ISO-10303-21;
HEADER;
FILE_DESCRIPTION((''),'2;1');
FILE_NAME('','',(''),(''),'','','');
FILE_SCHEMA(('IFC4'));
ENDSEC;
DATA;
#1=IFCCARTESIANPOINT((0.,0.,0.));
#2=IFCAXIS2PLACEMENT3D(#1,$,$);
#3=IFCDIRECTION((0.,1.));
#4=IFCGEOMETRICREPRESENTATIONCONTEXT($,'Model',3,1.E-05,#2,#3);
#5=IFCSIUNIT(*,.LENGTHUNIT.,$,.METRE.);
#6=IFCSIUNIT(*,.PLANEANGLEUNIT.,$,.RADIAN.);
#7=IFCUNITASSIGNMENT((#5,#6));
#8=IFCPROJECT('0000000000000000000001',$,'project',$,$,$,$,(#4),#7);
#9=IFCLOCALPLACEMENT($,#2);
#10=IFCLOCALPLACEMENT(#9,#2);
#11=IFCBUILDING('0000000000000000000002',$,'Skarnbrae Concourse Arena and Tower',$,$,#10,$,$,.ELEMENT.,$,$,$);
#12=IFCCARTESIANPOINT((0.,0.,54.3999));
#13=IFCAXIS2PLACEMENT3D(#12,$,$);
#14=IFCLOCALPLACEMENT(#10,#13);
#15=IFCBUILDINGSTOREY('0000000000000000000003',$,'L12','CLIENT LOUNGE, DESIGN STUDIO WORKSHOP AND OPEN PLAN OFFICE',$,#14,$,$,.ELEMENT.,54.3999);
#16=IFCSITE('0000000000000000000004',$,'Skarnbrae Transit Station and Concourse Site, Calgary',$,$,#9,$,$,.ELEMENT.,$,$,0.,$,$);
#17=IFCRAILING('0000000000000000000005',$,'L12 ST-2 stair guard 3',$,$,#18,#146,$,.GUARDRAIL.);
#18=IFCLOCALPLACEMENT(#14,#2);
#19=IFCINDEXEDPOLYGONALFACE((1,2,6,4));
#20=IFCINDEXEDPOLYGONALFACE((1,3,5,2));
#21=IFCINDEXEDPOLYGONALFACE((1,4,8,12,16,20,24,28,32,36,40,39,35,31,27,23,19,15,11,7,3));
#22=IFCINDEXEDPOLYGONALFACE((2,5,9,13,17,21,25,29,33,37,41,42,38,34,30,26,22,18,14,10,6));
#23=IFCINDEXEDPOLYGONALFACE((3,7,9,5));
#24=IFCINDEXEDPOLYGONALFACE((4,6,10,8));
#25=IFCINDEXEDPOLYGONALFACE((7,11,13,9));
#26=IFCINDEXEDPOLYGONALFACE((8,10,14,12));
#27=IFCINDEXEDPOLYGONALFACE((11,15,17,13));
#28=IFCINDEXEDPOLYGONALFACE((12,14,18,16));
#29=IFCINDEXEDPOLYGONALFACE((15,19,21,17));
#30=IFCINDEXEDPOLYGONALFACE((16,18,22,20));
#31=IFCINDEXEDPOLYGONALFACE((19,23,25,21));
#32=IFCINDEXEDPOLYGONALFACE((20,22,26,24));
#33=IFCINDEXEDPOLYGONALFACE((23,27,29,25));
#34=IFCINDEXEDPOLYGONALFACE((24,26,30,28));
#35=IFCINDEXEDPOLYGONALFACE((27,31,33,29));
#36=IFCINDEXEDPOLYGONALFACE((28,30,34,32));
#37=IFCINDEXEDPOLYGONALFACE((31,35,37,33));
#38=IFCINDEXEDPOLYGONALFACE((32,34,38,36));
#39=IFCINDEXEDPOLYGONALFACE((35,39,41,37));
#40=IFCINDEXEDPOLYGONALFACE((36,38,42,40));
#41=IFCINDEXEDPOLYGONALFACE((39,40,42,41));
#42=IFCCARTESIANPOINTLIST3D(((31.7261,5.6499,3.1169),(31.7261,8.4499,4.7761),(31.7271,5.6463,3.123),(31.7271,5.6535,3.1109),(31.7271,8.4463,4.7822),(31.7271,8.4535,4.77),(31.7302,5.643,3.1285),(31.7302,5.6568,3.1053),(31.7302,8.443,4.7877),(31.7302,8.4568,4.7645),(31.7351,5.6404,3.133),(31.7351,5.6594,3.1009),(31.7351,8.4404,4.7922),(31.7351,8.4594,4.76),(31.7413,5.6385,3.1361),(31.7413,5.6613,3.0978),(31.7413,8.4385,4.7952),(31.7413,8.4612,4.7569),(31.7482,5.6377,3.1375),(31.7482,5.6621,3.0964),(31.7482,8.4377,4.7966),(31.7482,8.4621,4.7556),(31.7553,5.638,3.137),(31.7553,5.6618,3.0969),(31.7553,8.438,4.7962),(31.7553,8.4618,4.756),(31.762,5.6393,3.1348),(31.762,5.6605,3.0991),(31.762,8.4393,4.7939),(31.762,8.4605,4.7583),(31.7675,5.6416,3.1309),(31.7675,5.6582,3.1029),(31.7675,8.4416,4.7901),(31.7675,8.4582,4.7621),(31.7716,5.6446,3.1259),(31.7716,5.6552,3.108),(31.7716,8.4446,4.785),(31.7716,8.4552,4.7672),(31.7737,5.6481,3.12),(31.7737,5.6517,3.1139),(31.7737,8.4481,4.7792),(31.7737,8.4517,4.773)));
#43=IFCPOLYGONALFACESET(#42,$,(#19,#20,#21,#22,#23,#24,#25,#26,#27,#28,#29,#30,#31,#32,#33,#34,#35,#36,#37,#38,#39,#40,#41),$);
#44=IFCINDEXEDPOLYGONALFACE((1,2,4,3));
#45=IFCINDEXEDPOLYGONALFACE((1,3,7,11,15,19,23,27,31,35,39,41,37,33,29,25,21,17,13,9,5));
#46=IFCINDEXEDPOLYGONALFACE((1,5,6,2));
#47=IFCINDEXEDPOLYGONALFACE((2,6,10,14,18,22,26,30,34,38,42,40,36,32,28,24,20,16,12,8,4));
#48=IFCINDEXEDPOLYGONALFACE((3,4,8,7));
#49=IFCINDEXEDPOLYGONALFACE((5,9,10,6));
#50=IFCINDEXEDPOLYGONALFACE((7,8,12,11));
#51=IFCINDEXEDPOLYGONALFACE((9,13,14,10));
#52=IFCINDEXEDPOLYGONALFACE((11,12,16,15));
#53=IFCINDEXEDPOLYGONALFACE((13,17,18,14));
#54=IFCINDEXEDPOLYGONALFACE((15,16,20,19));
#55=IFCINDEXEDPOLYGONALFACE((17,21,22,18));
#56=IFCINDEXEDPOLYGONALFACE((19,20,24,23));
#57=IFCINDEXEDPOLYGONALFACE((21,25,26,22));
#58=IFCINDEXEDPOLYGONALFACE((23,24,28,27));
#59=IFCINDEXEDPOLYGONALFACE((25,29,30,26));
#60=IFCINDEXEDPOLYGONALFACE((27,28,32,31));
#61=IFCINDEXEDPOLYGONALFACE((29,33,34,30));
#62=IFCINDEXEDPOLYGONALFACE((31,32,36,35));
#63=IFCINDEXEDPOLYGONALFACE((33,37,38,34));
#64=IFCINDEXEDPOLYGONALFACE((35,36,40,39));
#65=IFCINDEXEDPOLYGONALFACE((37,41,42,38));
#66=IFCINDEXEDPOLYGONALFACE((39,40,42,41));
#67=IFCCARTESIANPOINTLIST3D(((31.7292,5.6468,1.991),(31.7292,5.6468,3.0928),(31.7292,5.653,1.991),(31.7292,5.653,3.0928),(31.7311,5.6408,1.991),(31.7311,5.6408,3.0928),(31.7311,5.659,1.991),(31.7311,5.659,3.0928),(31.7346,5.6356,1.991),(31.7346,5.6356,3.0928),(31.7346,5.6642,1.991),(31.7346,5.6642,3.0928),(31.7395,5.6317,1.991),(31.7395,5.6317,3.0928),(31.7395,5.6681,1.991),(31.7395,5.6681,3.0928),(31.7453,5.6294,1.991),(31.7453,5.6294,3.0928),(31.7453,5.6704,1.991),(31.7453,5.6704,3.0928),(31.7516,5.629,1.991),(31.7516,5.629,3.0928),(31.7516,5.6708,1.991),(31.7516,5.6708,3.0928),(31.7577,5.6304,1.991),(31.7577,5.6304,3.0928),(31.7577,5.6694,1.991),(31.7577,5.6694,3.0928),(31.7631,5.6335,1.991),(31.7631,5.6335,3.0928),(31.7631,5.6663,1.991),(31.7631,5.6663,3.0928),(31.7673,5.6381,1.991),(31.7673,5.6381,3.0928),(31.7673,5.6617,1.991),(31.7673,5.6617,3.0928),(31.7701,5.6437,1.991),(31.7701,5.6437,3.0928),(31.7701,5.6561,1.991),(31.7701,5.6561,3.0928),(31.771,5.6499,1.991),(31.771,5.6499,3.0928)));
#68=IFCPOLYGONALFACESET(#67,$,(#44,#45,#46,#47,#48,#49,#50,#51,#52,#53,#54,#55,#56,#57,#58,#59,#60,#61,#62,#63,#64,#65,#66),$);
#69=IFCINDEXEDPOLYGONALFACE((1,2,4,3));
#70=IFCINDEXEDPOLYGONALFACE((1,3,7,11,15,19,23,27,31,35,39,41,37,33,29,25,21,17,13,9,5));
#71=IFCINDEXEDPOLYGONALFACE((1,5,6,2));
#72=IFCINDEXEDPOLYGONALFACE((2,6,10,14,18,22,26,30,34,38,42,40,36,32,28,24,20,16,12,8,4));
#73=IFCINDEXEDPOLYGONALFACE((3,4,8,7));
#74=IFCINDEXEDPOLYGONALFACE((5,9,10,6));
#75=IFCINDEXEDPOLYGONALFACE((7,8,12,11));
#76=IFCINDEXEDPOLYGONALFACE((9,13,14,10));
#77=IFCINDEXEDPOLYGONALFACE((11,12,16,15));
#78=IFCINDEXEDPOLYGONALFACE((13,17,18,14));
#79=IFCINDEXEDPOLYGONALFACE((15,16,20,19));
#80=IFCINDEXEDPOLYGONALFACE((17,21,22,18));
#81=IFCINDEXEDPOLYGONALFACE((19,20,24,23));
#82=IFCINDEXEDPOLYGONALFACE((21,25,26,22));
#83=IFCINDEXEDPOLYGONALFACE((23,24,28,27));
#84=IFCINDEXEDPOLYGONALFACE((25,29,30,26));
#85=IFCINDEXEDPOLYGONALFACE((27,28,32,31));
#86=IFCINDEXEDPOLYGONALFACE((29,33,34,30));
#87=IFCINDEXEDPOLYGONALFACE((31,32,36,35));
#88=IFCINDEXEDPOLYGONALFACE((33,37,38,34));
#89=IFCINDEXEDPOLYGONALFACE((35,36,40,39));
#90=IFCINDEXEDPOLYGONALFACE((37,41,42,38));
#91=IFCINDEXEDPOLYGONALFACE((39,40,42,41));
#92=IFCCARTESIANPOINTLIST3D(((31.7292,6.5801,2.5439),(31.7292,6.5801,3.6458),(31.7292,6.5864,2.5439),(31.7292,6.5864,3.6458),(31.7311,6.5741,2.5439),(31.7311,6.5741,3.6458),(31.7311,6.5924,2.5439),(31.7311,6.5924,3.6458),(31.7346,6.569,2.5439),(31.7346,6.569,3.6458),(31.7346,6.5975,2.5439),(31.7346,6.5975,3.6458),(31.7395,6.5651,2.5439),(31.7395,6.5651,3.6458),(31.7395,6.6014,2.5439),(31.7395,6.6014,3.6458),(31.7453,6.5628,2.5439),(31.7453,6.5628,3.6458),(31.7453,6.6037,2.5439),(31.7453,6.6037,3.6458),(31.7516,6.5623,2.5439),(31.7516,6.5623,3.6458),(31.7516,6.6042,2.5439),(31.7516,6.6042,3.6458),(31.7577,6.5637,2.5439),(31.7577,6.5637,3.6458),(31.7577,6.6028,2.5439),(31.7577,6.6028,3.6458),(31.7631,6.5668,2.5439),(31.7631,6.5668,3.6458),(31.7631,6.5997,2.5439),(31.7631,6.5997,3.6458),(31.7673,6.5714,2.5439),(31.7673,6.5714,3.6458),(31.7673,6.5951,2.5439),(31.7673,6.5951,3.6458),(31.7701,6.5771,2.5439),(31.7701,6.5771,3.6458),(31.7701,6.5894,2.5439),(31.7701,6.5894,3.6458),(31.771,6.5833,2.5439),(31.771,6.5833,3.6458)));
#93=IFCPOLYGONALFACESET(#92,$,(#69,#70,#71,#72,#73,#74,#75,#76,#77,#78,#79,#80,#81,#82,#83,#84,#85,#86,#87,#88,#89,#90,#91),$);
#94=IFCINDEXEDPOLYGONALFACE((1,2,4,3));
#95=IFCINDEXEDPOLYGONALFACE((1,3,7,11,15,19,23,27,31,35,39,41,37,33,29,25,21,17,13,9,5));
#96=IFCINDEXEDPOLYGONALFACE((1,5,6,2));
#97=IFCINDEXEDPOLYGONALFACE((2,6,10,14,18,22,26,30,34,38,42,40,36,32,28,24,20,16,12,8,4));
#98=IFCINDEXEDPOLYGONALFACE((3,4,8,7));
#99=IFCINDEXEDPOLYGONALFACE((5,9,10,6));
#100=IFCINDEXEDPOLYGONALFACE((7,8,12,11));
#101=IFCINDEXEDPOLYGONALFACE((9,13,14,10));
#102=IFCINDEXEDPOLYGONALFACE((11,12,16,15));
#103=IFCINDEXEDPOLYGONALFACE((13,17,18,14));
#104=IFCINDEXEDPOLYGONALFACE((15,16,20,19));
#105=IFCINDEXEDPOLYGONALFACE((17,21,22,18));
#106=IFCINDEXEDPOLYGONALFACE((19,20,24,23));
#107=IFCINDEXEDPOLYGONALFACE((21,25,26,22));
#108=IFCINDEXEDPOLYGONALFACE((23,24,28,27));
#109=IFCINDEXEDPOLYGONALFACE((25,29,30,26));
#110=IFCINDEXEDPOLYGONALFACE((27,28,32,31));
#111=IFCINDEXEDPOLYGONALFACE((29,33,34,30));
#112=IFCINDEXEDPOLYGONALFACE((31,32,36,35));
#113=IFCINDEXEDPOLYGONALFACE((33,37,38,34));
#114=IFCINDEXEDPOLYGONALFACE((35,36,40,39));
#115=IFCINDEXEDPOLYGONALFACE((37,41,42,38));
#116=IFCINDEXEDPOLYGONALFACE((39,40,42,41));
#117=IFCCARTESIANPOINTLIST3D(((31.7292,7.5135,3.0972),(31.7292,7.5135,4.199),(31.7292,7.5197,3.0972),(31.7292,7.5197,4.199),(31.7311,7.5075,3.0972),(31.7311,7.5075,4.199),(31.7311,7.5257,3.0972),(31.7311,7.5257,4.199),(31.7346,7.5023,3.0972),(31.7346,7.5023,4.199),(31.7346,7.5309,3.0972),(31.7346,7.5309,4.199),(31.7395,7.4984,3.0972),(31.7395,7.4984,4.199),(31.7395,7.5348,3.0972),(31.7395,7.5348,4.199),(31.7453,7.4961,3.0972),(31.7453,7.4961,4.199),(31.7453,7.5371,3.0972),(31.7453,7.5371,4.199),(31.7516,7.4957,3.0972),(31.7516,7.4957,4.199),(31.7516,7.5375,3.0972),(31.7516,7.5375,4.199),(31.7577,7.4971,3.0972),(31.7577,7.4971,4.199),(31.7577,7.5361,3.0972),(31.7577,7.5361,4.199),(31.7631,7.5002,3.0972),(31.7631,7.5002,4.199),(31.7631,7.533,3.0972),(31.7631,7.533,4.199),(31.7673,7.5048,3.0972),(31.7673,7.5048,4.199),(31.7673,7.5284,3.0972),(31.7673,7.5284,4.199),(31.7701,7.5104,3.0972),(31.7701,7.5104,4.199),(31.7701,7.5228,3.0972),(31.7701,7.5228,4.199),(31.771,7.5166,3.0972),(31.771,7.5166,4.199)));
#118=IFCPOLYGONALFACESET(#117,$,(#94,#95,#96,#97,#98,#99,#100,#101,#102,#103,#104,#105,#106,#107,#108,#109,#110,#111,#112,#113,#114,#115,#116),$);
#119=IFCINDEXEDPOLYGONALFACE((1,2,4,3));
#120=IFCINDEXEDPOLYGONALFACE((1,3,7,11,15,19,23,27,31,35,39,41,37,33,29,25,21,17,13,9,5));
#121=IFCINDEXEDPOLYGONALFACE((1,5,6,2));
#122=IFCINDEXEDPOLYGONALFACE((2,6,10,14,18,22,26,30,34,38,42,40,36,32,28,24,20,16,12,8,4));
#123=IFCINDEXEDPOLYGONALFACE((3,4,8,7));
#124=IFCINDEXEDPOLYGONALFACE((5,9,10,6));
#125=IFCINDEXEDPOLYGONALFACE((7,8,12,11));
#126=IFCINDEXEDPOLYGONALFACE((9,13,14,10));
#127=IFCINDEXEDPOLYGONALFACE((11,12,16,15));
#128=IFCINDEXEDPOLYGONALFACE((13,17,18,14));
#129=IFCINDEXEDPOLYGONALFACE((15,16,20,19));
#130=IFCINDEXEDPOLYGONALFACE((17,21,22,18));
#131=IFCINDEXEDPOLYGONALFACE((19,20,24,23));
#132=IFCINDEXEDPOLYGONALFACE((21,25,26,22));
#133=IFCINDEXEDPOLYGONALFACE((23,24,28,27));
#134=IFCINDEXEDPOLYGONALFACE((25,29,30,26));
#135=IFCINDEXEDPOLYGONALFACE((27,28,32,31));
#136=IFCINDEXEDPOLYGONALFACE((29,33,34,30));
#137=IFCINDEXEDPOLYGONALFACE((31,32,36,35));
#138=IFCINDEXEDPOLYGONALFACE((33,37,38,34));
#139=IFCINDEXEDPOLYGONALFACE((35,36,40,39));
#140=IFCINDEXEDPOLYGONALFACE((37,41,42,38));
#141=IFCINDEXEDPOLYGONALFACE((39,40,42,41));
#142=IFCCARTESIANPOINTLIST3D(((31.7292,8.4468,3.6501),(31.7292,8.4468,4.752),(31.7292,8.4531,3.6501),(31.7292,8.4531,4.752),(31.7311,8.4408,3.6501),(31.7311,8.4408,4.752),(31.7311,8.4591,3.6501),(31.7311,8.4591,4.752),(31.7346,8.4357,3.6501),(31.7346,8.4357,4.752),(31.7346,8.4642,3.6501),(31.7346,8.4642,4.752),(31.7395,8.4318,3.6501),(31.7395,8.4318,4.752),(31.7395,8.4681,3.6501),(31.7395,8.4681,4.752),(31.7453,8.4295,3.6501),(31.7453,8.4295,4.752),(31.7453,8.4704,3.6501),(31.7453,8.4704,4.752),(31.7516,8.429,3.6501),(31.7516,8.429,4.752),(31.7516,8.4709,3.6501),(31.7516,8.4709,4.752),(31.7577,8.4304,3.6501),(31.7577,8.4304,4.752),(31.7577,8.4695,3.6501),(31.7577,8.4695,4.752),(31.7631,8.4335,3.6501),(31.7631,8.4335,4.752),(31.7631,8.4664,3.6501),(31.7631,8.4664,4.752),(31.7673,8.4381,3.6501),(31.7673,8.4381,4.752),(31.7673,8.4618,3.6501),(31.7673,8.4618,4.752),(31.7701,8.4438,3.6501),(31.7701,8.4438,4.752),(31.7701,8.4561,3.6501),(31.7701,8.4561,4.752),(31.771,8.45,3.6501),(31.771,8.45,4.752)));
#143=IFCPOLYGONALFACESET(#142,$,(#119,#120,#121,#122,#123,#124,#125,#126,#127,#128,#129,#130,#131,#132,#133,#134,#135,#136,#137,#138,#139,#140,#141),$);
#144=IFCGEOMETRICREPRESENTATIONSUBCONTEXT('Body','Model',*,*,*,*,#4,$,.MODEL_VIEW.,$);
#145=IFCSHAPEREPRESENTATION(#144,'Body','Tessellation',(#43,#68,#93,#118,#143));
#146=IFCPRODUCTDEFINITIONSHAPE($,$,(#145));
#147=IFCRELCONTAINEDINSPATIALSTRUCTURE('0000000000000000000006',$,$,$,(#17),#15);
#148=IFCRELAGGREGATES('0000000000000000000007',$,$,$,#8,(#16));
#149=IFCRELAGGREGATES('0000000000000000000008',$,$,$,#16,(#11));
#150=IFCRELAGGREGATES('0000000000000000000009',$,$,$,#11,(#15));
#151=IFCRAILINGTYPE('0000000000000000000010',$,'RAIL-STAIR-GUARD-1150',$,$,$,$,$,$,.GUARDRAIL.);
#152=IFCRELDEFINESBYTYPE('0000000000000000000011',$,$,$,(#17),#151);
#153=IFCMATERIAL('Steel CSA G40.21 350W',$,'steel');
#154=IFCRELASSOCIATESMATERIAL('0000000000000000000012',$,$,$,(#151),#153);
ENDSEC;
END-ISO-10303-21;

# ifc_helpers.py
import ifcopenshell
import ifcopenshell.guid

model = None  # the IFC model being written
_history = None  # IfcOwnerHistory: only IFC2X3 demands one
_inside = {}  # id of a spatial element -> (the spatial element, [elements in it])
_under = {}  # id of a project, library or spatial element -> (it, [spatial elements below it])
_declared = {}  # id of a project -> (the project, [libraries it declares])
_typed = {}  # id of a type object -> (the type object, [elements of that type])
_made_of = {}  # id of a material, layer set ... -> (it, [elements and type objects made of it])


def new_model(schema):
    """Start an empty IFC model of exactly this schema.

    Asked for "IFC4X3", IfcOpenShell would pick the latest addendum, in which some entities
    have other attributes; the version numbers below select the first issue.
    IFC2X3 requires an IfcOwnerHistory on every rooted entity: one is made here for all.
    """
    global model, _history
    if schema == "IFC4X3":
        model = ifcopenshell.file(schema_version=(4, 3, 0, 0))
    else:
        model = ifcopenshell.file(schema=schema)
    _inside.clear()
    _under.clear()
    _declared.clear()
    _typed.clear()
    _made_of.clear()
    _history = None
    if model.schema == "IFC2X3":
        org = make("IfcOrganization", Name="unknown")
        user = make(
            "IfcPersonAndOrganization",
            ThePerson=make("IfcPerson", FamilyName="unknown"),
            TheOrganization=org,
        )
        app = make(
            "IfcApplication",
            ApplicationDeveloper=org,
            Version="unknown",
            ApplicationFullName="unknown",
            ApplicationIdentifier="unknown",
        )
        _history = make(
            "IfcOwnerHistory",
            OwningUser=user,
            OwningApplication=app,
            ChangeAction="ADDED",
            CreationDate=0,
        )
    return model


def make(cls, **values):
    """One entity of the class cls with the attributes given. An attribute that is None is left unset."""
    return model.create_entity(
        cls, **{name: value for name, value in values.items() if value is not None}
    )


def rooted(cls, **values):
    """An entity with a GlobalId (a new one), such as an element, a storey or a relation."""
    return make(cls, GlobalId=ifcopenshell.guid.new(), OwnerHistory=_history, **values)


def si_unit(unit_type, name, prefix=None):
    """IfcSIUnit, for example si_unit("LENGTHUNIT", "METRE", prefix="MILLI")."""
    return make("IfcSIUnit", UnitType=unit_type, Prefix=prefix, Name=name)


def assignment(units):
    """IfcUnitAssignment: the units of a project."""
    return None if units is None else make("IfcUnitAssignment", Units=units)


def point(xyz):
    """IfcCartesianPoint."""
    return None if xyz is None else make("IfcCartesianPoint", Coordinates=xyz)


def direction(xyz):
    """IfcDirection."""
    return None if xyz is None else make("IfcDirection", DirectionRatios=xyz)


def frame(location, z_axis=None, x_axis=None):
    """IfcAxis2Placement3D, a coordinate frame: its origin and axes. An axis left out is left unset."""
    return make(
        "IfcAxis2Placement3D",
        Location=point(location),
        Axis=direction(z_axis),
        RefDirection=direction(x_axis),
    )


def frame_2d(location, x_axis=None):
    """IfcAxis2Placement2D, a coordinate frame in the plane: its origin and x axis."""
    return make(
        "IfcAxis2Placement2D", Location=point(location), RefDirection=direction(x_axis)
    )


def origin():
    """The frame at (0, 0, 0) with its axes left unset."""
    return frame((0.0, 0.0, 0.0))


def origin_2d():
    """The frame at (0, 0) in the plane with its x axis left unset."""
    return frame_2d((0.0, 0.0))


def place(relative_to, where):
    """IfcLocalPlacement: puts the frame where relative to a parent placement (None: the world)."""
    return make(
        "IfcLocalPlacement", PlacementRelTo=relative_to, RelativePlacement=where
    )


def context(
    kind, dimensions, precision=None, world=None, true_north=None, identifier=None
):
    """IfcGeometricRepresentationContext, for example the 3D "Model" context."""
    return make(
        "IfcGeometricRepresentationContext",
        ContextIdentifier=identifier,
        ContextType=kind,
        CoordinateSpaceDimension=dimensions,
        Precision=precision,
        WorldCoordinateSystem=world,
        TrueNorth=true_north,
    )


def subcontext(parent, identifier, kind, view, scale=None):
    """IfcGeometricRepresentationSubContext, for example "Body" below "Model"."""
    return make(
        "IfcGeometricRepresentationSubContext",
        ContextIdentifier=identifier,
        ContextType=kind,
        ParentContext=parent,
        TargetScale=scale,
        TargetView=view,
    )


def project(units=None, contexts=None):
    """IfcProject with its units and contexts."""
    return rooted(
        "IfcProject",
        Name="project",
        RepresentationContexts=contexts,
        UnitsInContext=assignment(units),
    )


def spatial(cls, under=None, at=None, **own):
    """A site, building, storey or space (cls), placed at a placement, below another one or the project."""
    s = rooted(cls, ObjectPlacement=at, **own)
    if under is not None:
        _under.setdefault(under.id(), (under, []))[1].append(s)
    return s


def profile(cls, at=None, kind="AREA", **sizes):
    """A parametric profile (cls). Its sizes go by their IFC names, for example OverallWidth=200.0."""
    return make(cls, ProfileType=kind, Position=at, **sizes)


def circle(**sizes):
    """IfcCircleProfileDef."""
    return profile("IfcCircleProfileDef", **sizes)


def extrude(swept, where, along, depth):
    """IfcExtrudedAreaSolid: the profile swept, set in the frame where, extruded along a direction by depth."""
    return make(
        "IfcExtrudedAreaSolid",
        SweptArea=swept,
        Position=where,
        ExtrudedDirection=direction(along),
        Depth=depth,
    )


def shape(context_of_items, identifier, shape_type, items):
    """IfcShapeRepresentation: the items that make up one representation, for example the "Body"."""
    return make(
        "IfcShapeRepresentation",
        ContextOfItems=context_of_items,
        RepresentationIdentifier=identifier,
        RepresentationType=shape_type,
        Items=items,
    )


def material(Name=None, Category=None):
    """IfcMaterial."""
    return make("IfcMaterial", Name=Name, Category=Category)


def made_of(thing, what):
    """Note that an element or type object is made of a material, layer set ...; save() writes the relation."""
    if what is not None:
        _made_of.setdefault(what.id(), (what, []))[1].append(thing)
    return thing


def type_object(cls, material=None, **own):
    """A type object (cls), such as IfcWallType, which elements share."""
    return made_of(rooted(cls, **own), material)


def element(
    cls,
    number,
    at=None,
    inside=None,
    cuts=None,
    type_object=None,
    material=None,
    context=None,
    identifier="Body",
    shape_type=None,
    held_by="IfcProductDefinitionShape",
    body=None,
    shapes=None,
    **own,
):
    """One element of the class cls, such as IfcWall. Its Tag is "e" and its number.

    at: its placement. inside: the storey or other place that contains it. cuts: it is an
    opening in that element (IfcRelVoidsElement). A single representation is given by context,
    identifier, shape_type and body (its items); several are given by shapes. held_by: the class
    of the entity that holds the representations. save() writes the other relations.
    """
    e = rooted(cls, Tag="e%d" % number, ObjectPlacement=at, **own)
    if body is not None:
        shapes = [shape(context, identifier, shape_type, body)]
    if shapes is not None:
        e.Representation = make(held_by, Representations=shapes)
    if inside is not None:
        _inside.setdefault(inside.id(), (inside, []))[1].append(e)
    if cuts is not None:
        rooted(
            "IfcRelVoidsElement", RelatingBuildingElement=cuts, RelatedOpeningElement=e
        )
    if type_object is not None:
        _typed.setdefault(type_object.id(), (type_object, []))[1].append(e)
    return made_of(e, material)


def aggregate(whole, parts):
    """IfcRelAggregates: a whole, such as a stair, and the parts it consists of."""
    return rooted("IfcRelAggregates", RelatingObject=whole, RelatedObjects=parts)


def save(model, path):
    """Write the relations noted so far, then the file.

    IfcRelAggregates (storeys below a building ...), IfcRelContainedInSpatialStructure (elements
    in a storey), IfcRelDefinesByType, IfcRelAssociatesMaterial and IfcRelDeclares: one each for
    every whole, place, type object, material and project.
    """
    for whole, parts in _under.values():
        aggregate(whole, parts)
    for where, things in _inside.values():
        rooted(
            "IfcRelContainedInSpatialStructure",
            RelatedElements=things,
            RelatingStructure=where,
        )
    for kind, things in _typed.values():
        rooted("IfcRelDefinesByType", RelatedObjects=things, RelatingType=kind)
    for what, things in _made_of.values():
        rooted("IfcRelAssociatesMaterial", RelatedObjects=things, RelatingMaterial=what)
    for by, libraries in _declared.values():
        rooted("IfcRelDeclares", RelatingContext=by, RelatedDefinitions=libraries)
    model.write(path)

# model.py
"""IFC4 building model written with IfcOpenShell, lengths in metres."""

from ifc_helpers import new_model, si_unit, direction, frame, origin, origin_2d, place, context, subcontext, project, spatial, circle, extrude, material, type_object, element, save


model = new_model("IFC4")

# Units and contexts
model_context = context("Model", 3, precision=1e-05, world=origin(), true_north=direction((0.0, 1.0)))
body_context = subcontext(model_context, "Body", "Model", "MODEL_VIEW")
ifc_project = project(units=[si_unit("LENGTHUNIT", "METRE"), si_unit("PLANEANGLEUNIT", "RADIAN")], contexts=[model_context])

# Site, building, storey
site_placement = place(None, origin())
site = spatial("IfcSite", under=ifc_project, at=site_placement, Name="Skarnbrae Transit Station and Concourse Site, Calgary", CompositionType="ELEMENT", RefElevation=0.0)
building_placement = place(site_placement, origin())
building = spatial("IfcBuilding", under=site, at=building_placement, Name="Skarnbrae Concourse Arena and Tower", CompositionType="ELEMENT")
storey_placement = place(building_placement, frame((0.0, 0.0, 54.3999)))
storey = spatial("IfcBuildingStorey", under=building, at=storey_placement, Name="L12", Description="CLIENT LOUNGE, DESIGN STUDIO WORKSHOP AND OPEN PLAN OFFICE", CompositionType="ELEMENT", Elevation=54.3999)

# Shared definitions
ifc_material_1 = material(Name="Steel CSA G40.21 350W", Category="steel")

# Railing
railing_type_1 = type_object("IfcRailingType", Name="RAIL-STAIR-GUARD-1150", PredefinedType="GUARDRAIL", material=ifc_material_1)
railing_1_placement = place(storey_placement, frame((31.75, 5.6499, 1.991)))
element("IfcRailing", 1, at=railing_1_placement, inside=storey, type_object=railing_type_1, Name="L12 ST-2 stair guard 3", PredefinedType="GUARDRAIL", context=body_context, shape_type="SweptSolid", body=[
    extrude(circle(Radius=0.0239, at=origin_2d()), frame((0.0, 0.0, 1.126), z_axis=(0.0, 0.860306, 0.509778), x_axis=(-1.0, 0.0, 0.0)), (0.0, 0.0, 1.0), 3.2546),
    extrude(circle(Radius=0.021, at=origin_2d()), origin(), (0.0, 0.0, 1.0), 1.1018),
    extrude(circle(Radius=0.021, at=origin_2d()), frame((0.0, 0.9333, 0.553)), (0.0, 0.0, 1.0), 1.1018),
    extrude(circle(Radius=0.021, at=origin_2d()), frame((0.0, 1.8667, 1.1062)), (0.0, 0.0, 1.0), 1.1018),
    extrude(circle(Radius=0.021, at=origin_2d()), frame((0.0, 2.8, 1.6592)), (0.0, 0.0, 1.0), 1.1018),
])

save(model, "model.ifc")
